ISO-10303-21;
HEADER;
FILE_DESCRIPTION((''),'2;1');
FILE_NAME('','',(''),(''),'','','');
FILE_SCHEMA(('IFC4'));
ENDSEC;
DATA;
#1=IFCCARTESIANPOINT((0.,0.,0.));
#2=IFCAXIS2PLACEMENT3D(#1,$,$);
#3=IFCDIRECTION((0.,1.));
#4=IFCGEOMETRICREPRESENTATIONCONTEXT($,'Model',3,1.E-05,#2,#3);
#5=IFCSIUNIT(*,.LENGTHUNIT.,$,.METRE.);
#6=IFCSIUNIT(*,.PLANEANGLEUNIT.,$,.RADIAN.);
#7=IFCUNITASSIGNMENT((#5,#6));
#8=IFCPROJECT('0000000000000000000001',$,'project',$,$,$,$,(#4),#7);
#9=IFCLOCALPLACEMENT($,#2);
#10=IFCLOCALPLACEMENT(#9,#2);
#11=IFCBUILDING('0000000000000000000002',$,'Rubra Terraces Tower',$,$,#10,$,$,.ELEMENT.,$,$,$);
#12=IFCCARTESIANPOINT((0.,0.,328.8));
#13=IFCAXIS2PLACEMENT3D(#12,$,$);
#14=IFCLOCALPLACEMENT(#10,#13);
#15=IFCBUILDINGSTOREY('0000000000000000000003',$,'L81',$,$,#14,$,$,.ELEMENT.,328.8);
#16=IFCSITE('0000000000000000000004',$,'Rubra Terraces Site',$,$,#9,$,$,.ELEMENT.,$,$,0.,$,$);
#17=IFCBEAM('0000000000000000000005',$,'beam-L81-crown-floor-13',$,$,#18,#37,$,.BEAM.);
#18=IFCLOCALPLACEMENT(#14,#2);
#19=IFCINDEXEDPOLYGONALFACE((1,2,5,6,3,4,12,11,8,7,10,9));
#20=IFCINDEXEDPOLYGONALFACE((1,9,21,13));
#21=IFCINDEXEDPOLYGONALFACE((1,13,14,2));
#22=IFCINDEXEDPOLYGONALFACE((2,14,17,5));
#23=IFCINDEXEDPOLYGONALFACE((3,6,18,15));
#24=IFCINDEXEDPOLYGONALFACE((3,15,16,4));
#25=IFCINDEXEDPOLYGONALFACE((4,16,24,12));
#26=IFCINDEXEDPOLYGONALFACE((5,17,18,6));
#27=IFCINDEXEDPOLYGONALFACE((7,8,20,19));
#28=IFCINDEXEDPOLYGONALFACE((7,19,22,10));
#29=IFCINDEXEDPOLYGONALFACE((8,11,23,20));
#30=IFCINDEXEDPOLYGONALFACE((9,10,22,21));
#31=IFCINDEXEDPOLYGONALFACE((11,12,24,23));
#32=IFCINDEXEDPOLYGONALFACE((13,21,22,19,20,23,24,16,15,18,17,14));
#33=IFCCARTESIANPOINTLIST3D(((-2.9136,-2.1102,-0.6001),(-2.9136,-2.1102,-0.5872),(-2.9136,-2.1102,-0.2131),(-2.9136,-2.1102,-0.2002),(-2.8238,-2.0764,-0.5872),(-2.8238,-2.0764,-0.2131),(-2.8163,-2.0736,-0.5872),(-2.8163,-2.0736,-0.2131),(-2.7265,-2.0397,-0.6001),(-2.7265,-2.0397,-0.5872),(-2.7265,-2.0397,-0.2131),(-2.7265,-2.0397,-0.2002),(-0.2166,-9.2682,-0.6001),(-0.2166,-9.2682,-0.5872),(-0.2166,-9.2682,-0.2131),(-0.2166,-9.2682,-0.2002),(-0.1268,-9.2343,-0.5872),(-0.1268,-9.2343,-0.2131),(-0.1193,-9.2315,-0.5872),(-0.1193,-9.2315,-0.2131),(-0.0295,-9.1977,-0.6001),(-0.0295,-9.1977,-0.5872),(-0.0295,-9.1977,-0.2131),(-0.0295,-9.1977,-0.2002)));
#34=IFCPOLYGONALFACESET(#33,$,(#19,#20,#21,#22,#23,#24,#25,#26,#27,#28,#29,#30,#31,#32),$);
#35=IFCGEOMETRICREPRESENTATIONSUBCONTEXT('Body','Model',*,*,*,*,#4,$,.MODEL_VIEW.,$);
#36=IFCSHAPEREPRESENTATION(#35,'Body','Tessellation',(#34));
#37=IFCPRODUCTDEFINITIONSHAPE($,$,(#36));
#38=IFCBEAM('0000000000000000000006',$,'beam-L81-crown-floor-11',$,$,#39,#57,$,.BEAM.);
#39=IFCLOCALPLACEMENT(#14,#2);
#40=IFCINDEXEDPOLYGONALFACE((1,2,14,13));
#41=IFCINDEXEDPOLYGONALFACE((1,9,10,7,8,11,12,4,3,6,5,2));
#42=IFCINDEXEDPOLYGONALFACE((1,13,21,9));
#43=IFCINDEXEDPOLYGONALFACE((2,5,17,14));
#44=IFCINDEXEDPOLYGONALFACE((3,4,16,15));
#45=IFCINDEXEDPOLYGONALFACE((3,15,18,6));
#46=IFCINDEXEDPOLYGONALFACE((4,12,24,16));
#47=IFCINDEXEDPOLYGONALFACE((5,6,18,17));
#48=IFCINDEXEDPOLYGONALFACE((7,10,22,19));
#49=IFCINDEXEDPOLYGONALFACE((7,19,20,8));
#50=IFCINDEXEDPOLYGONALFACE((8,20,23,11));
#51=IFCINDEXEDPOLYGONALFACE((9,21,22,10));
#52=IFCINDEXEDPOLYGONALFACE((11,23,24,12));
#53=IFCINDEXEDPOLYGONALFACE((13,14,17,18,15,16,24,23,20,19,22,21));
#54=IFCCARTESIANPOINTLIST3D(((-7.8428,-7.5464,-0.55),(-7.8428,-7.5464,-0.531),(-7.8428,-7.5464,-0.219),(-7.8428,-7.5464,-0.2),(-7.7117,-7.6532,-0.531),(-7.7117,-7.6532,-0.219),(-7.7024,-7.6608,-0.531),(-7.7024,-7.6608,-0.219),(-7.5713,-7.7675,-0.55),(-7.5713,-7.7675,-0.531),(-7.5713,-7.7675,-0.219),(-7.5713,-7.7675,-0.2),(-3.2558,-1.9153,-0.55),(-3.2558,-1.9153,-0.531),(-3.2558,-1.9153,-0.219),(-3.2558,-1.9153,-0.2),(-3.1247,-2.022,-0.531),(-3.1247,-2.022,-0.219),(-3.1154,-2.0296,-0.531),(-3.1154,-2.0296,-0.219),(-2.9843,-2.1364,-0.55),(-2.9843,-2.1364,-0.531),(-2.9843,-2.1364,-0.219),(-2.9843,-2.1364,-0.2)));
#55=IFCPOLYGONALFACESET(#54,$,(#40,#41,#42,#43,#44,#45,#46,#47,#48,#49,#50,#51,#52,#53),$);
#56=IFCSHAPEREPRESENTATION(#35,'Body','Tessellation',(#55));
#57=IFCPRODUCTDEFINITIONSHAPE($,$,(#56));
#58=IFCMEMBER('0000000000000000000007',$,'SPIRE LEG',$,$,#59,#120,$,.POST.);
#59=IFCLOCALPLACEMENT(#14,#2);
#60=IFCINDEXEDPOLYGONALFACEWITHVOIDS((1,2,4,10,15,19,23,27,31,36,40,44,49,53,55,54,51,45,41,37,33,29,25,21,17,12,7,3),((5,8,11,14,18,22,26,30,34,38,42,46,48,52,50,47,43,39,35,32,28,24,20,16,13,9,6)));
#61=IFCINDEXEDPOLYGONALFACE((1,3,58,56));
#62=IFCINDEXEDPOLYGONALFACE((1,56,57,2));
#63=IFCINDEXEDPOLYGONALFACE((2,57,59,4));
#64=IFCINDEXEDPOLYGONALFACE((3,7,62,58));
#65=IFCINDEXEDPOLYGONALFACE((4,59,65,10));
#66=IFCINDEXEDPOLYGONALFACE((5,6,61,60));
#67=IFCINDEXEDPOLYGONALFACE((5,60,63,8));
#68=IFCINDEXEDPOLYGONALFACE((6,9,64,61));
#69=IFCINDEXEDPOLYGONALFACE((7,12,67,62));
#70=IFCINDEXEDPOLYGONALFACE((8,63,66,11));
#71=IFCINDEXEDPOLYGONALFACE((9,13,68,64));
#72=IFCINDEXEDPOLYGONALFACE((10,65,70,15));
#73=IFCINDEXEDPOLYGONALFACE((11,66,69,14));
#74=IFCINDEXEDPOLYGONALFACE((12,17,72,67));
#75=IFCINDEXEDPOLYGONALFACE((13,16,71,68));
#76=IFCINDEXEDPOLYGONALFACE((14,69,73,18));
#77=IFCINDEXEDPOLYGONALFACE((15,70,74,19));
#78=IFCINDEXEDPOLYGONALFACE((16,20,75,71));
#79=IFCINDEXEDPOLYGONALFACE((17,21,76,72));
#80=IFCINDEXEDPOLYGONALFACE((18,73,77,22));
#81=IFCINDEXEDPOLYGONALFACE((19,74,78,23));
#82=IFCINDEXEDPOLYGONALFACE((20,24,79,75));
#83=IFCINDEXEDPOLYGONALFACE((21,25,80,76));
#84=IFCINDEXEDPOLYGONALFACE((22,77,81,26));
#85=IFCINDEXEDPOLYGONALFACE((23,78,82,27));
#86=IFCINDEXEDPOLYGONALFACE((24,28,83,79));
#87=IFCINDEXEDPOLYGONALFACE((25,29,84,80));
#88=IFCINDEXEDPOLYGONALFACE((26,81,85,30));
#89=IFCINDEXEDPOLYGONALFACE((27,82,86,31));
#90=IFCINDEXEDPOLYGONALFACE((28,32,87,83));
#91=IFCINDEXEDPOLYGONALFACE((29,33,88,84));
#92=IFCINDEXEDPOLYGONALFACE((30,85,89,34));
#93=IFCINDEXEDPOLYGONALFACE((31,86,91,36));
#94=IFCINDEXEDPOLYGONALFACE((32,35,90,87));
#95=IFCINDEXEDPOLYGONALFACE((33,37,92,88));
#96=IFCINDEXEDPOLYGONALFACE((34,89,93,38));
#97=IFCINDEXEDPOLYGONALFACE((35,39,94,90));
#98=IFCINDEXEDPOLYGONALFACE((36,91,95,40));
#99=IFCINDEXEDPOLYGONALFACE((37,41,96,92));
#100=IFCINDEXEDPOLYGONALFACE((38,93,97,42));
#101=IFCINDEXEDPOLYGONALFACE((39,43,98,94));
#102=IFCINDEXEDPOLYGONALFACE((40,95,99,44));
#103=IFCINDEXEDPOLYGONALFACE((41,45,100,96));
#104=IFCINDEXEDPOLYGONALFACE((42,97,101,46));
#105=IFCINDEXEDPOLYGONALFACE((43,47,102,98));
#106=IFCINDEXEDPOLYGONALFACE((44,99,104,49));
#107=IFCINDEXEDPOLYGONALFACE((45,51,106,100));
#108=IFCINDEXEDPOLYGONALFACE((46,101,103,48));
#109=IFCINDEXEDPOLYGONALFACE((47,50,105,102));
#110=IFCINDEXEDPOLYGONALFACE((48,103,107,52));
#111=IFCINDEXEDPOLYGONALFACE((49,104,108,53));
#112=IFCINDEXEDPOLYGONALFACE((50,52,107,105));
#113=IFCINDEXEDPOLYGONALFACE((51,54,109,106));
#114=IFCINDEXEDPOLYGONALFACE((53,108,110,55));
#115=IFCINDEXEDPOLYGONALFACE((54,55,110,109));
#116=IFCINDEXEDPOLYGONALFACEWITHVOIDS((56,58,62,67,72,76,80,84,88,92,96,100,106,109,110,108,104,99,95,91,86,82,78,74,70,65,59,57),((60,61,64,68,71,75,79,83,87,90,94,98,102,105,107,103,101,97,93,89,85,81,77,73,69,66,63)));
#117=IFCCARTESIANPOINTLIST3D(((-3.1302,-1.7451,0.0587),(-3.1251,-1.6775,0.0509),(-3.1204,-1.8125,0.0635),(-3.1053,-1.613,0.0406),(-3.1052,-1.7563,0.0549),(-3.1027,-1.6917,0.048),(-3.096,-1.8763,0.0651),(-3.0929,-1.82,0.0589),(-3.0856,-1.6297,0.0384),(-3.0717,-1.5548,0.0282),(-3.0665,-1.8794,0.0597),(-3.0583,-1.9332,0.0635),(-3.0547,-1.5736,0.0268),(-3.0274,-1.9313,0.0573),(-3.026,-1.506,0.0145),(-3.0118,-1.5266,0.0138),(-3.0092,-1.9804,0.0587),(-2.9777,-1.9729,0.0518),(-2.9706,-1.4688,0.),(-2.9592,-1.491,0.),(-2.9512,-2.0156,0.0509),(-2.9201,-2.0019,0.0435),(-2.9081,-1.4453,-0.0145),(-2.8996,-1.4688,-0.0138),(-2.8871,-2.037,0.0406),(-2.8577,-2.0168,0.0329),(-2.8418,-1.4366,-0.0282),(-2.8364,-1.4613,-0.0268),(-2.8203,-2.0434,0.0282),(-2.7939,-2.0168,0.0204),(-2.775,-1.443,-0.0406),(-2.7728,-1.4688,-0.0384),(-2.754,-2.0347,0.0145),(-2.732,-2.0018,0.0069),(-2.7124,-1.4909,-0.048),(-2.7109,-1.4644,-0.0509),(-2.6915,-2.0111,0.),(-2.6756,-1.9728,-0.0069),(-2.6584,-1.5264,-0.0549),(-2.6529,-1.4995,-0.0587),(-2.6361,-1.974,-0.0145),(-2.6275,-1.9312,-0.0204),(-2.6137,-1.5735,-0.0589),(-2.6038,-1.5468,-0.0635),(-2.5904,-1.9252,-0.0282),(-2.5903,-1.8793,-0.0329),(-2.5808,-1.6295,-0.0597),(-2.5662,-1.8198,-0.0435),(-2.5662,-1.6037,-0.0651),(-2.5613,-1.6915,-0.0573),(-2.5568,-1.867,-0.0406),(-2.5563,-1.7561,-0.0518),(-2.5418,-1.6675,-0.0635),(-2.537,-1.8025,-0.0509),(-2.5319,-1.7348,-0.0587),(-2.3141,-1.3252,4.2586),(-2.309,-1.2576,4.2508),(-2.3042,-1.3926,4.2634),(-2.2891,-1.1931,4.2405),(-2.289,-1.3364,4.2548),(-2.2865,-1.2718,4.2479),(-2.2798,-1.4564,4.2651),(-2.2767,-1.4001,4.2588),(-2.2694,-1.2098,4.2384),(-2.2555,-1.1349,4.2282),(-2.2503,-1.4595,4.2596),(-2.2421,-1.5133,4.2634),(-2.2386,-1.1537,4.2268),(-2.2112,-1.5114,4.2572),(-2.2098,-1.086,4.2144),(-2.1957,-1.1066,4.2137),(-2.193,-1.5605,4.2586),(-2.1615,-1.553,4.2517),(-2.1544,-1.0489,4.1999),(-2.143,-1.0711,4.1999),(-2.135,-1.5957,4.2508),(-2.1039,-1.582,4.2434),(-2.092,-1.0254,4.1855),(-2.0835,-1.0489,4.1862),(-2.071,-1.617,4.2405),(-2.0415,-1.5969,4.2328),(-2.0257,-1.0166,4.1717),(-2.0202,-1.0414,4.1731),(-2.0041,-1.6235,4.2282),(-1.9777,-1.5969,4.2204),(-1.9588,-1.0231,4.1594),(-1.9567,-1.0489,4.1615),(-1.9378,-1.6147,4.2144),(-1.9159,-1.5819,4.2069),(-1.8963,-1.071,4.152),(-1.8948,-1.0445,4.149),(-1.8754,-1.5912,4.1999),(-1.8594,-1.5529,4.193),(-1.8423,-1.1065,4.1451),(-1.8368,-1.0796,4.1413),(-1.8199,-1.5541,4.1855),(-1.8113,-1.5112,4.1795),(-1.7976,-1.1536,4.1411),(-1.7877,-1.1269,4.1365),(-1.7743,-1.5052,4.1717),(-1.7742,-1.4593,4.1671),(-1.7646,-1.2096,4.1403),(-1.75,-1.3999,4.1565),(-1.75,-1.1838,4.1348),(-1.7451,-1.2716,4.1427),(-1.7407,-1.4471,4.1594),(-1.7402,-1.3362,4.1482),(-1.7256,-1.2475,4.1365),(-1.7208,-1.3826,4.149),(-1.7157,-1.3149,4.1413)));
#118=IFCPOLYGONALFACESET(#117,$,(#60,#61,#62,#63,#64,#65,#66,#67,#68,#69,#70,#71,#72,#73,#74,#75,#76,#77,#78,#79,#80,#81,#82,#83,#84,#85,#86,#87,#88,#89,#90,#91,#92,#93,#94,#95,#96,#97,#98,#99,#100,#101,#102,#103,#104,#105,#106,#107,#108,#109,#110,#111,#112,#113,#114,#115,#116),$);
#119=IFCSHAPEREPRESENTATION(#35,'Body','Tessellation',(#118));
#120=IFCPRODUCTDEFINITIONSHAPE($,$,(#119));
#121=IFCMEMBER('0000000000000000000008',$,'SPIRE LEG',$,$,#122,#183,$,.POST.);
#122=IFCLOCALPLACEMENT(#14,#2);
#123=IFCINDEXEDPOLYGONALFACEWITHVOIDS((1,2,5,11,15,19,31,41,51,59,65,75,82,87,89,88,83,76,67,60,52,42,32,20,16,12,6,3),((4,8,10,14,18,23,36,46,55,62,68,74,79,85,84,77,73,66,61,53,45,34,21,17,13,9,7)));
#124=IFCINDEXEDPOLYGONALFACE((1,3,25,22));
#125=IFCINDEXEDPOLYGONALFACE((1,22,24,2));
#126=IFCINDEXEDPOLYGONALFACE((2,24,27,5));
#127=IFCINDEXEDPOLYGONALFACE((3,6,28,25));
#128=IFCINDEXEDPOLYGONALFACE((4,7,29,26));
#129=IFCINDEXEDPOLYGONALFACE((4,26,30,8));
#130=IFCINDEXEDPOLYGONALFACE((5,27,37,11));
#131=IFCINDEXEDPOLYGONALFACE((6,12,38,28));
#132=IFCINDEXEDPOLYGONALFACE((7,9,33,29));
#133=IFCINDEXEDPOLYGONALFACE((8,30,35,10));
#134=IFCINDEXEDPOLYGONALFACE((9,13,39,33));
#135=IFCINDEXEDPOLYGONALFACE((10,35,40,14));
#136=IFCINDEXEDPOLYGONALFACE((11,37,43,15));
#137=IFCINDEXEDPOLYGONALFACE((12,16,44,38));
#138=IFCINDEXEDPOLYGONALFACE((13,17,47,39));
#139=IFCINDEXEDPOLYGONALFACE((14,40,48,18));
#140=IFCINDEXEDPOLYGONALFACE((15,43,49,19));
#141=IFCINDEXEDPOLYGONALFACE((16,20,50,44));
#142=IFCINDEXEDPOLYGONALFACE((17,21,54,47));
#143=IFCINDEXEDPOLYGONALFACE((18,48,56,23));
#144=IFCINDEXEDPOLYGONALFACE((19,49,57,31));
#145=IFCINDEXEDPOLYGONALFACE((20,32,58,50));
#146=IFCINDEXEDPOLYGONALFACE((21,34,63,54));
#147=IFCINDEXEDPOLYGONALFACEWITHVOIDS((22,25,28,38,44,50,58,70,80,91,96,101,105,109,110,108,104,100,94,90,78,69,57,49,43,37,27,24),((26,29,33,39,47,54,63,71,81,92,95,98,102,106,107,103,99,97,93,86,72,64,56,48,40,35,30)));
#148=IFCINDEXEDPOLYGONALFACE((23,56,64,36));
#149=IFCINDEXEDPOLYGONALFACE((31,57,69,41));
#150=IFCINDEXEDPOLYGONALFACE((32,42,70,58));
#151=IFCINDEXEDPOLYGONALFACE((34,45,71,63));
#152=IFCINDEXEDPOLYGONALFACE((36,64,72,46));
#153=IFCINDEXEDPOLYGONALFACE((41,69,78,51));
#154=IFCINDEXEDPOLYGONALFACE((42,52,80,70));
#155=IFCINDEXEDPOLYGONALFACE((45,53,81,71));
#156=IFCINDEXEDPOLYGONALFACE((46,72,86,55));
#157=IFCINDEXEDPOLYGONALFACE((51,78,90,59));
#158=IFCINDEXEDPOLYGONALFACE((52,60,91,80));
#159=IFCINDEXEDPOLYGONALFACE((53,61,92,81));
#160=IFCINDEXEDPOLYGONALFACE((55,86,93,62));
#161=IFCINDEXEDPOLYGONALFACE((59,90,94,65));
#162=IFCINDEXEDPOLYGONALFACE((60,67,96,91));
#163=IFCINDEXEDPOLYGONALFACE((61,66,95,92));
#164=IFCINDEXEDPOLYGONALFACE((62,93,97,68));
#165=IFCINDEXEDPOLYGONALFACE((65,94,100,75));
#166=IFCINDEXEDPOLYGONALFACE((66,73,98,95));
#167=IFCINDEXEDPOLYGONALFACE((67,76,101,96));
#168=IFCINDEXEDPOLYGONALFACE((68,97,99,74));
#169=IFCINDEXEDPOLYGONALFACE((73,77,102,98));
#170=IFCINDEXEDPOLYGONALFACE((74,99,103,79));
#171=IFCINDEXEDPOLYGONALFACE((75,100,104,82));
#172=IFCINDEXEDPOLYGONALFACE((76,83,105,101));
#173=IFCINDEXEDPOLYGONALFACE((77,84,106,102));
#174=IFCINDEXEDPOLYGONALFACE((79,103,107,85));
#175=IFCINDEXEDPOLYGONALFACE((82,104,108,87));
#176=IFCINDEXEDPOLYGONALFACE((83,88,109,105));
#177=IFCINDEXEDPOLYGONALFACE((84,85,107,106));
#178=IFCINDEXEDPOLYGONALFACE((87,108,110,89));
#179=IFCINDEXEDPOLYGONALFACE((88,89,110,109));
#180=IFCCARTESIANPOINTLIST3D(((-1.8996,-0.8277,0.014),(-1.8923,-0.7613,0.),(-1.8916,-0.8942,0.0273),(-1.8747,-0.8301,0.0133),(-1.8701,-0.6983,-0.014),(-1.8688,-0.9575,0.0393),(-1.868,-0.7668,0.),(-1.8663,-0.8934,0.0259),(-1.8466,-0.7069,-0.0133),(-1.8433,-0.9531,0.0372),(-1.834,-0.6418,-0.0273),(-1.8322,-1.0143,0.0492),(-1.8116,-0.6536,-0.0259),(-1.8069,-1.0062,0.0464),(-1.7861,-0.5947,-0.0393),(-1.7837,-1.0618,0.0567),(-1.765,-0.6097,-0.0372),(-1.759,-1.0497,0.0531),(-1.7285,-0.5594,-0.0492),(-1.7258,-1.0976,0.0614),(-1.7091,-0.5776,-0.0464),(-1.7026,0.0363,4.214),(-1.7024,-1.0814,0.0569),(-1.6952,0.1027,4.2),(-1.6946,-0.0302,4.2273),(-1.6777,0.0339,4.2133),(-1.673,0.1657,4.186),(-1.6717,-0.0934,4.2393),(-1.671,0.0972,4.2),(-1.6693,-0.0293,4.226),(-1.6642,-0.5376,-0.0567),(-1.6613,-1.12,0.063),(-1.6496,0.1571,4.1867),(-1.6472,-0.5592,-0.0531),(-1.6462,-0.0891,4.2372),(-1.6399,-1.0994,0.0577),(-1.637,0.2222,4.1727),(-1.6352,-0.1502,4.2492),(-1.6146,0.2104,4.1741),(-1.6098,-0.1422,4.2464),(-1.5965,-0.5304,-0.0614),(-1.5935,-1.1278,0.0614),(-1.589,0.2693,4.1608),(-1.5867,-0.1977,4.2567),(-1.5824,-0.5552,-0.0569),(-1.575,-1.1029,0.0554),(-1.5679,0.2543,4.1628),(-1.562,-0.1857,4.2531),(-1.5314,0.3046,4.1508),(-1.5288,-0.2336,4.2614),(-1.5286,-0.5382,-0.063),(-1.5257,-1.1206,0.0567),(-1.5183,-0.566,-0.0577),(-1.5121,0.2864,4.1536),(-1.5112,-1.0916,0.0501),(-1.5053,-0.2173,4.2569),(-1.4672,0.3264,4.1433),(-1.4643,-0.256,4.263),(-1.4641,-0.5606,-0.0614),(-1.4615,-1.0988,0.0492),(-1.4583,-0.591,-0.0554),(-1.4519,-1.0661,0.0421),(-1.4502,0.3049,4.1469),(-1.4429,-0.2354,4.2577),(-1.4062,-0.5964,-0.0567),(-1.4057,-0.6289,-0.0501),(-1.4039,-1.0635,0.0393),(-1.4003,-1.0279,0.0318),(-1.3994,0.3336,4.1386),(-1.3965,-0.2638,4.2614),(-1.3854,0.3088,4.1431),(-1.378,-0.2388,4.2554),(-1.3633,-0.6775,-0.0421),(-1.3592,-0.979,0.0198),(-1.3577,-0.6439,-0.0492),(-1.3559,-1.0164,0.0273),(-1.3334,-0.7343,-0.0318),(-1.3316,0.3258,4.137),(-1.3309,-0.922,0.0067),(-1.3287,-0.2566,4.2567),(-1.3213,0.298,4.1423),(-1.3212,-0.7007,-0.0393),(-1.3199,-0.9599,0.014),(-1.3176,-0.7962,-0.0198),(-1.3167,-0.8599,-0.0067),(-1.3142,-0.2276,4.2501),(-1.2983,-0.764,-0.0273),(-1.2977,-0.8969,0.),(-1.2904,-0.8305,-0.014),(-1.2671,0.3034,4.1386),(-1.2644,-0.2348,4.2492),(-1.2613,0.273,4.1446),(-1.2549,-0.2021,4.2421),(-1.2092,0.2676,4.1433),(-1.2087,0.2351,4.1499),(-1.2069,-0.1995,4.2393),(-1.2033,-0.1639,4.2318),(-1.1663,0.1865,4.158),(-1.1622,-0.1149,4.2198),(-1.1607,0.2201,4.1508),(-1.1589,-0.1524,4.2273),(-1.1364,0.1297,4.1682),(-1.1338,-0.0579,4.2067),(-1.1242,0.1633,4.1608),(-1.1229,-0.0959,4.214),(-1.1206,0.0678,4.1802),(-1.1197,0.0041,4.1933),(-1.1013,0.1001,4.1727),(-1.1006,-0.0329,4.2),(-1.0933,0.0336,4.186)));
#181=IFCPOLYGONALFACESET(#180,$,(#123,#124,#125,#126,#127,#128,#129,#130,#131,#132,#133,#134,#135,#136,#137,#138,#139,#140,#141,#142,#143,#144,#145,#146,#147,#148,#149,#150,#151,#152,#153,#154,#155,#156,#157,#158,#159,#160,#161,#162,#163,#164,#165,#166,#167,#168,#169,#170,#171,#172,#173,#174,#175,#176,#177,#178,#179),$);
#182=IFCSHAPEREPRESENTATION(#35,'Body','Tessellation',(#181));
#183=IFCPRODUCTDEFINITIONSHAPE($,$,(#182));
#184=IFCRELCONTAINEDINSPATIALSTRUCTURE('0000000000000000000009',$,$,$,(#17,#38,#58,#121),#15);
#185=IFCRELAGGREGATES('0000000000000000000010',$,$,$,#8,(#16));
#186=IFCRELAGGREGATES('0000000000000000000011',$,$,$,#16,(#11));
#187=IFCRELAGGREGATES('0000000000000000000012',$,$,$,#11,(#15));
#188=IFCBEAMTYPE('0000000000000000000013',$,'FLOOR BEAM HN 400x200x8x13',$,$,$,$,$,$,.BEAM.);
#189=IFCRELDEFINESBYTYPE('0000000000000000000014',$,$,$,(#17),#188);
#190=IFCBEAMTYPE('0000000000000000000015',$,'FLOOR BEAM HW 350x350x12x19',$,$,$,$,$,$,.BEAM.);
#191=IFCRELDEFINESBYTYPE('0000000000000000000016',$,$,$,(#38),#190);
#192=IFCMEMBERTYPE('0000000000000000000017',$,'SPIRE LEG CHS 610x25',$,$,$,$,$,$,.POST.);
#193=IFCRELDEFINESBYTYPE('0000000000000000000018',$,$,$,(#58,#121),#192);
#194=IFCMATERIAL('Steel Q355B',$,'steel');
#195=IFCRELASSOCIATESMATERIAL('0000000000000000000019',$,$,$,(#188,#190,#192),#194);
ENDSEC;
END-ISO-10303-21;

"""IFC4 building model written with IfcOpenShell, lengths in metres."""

from ifc_helpers import new_model, si_unit, direction, frame, origin, origin_2d, place, context, subcontext, project, spatial, hollow_circle, i_section, extrude, material, material_profile, profile_set, type_object, element, save


model = new_model("IFC4")

# Units and contexts
model_context = context("Model", 3, precision=1e-05, world=origin(), true_north=direction((0.0, 1.0)))
body_context = subcontext(model_context, "Body", "Model", "MODEL_VIEW")
ifc_project = project(units=[si_unit("LENGTHUNIT", "METRE"), si_unit("PLANEANGLEUNIT", "RADIAN")], contexts=[model_context])

# Site, building, storey
site_placement = place(None, origin())
site = spatial("IfcSite", under=ifc_project, at=site_placement, Name="Rubra Terraces Site", CompositionType="ELEMENT", RefElevation=0.0)
building_placement = place(site_placement, origin())
building = spatial("IfcBuilding", under=site, at=building_placement, Name="Rubra Terraces Tower", CompositionType="ELEMENT")
storey_placement = place(building_placement, frame((0.0, 0.0, 328.8)))
storey = spatial("IfcBuildingStorey", under=building, at=storey_placement, Name="L81", CompositionType="ELEMENT", Elevation=328.8)

# Shared definitions
ifc_material_1 = material(Name="Steel Q355B", Category="steel")

# Beams
ifc_material_profile_1 = material_profile(ifc_material_1, i_section(OverallWidth=0.2, OverallDepth=0.3999, WebThickness=0.0081, FlangeThickness=0.0129, at=origin_2d()), Name="HN 400x200x8x13")
ifc_profile_set_1 = profile_set([ifc_material_profile_1], Name="Steel Q355B")
beam_type_1 = type_object("IfcBeamType", Name="FLOOR BEAM HN 400x200x8x13", PredefinedType="BEAM", material=ifc_profile_set_1)
beam_1_placement = place(storey_placement, frame((-0.123, -9.2329, -0.4001), z_axis=(-0.352589, 0.935778, 0.0), x_axis=(-0.935778, -0.352589, 0.0)))
element("IfcBeam", 1, at=beam_1_placement, inside=storey, type_object=beam_type_1, Name="beam-L81-crown-floor-13", PredefinedType="BEAM", context=body_context, shape_type="SweptSolid", body=[
    extrude(i_section(OverallWidth=0.2, OverallDepth=0.3999, WebThickness=0.0081, FlangeThickness=0.0129, at=origin_2d()), origin(), (0.0, 0.0, 1.0), 7.6492),
])
ifc_material_profile_2 = material_profile(ifc_material_1, i_section(OverallWidth=0.3501, OverallDepth=0.3501, WebThickness=0.012, FlangeThickness=0.019, at=origin_2d()), Name="HW 350x350x12x19")
ifc_profile_set_2 = profile_set([ifc_material_profile_2], Name="Steel Q355B")
beam_type_2 = type_object("IfcBeamType", Name="FLOOR BEAM HW 350x350x12x19", PredefinedType="BEAM", material=ifc_profile_set_2)
beam_2_placement = place(storey_placement, frame((-7.707, -7.657, -0.375), z_axis=(0.631558, 0.775329, 0.0), x_axis=(-0.775329, 0.631558, 0.0)))
element("IfcBeam", 2, at=beam_2_placement, inside=storey, type_object=beam_type_2, Name="beam-L81-crown-floor-11", PredefinedType="BEAM", context=body_context, shape_type="SweptSolid", body=[
    extrude(i_section(OverallWidth=0.3501, OverallDepth=0.3501, WebThickness=0.012, FlangeThickness=0.019, at=origin_2d()), origin(), (0.0, 0.0, 1.0), 7.2629),
])

# Members
ifc_material_profile_3 = material_profile(ifc_material_1, hollow_circle(Radius=0.3049, WallThickness=0.0249, at=origin_2d()), Name="CHS 610x25")
ifc_profile_set_3 = profile_set([ifc_material_profile_3], Name="Steel Q355B")
member_type_1 = type_object("IfcMemberType", Name="SPIRE LEG CHS 610x25", PredefinedType="POST", material=ifc_profile_set_3)
member_1_placement = place(storey_placement, frame((-2.8311, -1.74, 0.0), z_axis=(0.189846, 0.097677, 0.976943), x_axis=(-0.457504, 0.889207, 0.0)))
element("IfcMember", 3, at=member_1_placement, inside=storey, type_object=member_type_1, Name="SPIRE LEG", PredefinedType="POST", context=body_context, shape_type="SweptSolid", body=[
    extrude(hollow_circle(Radius=0.3049, WallThickness=0.0249, at=origin_2d()), origin(), (0.0, 0.0, 1.0), 4.2991),
])
member_2_placement = place(storey_placement, frame((-1.595, -0.8291, 0.0), z_axis=(0.0459, 0.201288, 0.978456), x_axis=(-0.974973, 0.222324, 0.0)))
element("IfcMember", 4, at=member_2_placement, inside=storey, type_object=member_type_1, Name="SPIRE LEG", PredefinedType="POST", context=body_context, shape_type="SweptSolid", body=[
    extrude(hollow_circle(Radius=0.3049, WallThickness=0.0249, at=origin_2d()), origin(), (0.0, 0.0, 1.0), 4.2925),
])

save(model, "model.ifc")
